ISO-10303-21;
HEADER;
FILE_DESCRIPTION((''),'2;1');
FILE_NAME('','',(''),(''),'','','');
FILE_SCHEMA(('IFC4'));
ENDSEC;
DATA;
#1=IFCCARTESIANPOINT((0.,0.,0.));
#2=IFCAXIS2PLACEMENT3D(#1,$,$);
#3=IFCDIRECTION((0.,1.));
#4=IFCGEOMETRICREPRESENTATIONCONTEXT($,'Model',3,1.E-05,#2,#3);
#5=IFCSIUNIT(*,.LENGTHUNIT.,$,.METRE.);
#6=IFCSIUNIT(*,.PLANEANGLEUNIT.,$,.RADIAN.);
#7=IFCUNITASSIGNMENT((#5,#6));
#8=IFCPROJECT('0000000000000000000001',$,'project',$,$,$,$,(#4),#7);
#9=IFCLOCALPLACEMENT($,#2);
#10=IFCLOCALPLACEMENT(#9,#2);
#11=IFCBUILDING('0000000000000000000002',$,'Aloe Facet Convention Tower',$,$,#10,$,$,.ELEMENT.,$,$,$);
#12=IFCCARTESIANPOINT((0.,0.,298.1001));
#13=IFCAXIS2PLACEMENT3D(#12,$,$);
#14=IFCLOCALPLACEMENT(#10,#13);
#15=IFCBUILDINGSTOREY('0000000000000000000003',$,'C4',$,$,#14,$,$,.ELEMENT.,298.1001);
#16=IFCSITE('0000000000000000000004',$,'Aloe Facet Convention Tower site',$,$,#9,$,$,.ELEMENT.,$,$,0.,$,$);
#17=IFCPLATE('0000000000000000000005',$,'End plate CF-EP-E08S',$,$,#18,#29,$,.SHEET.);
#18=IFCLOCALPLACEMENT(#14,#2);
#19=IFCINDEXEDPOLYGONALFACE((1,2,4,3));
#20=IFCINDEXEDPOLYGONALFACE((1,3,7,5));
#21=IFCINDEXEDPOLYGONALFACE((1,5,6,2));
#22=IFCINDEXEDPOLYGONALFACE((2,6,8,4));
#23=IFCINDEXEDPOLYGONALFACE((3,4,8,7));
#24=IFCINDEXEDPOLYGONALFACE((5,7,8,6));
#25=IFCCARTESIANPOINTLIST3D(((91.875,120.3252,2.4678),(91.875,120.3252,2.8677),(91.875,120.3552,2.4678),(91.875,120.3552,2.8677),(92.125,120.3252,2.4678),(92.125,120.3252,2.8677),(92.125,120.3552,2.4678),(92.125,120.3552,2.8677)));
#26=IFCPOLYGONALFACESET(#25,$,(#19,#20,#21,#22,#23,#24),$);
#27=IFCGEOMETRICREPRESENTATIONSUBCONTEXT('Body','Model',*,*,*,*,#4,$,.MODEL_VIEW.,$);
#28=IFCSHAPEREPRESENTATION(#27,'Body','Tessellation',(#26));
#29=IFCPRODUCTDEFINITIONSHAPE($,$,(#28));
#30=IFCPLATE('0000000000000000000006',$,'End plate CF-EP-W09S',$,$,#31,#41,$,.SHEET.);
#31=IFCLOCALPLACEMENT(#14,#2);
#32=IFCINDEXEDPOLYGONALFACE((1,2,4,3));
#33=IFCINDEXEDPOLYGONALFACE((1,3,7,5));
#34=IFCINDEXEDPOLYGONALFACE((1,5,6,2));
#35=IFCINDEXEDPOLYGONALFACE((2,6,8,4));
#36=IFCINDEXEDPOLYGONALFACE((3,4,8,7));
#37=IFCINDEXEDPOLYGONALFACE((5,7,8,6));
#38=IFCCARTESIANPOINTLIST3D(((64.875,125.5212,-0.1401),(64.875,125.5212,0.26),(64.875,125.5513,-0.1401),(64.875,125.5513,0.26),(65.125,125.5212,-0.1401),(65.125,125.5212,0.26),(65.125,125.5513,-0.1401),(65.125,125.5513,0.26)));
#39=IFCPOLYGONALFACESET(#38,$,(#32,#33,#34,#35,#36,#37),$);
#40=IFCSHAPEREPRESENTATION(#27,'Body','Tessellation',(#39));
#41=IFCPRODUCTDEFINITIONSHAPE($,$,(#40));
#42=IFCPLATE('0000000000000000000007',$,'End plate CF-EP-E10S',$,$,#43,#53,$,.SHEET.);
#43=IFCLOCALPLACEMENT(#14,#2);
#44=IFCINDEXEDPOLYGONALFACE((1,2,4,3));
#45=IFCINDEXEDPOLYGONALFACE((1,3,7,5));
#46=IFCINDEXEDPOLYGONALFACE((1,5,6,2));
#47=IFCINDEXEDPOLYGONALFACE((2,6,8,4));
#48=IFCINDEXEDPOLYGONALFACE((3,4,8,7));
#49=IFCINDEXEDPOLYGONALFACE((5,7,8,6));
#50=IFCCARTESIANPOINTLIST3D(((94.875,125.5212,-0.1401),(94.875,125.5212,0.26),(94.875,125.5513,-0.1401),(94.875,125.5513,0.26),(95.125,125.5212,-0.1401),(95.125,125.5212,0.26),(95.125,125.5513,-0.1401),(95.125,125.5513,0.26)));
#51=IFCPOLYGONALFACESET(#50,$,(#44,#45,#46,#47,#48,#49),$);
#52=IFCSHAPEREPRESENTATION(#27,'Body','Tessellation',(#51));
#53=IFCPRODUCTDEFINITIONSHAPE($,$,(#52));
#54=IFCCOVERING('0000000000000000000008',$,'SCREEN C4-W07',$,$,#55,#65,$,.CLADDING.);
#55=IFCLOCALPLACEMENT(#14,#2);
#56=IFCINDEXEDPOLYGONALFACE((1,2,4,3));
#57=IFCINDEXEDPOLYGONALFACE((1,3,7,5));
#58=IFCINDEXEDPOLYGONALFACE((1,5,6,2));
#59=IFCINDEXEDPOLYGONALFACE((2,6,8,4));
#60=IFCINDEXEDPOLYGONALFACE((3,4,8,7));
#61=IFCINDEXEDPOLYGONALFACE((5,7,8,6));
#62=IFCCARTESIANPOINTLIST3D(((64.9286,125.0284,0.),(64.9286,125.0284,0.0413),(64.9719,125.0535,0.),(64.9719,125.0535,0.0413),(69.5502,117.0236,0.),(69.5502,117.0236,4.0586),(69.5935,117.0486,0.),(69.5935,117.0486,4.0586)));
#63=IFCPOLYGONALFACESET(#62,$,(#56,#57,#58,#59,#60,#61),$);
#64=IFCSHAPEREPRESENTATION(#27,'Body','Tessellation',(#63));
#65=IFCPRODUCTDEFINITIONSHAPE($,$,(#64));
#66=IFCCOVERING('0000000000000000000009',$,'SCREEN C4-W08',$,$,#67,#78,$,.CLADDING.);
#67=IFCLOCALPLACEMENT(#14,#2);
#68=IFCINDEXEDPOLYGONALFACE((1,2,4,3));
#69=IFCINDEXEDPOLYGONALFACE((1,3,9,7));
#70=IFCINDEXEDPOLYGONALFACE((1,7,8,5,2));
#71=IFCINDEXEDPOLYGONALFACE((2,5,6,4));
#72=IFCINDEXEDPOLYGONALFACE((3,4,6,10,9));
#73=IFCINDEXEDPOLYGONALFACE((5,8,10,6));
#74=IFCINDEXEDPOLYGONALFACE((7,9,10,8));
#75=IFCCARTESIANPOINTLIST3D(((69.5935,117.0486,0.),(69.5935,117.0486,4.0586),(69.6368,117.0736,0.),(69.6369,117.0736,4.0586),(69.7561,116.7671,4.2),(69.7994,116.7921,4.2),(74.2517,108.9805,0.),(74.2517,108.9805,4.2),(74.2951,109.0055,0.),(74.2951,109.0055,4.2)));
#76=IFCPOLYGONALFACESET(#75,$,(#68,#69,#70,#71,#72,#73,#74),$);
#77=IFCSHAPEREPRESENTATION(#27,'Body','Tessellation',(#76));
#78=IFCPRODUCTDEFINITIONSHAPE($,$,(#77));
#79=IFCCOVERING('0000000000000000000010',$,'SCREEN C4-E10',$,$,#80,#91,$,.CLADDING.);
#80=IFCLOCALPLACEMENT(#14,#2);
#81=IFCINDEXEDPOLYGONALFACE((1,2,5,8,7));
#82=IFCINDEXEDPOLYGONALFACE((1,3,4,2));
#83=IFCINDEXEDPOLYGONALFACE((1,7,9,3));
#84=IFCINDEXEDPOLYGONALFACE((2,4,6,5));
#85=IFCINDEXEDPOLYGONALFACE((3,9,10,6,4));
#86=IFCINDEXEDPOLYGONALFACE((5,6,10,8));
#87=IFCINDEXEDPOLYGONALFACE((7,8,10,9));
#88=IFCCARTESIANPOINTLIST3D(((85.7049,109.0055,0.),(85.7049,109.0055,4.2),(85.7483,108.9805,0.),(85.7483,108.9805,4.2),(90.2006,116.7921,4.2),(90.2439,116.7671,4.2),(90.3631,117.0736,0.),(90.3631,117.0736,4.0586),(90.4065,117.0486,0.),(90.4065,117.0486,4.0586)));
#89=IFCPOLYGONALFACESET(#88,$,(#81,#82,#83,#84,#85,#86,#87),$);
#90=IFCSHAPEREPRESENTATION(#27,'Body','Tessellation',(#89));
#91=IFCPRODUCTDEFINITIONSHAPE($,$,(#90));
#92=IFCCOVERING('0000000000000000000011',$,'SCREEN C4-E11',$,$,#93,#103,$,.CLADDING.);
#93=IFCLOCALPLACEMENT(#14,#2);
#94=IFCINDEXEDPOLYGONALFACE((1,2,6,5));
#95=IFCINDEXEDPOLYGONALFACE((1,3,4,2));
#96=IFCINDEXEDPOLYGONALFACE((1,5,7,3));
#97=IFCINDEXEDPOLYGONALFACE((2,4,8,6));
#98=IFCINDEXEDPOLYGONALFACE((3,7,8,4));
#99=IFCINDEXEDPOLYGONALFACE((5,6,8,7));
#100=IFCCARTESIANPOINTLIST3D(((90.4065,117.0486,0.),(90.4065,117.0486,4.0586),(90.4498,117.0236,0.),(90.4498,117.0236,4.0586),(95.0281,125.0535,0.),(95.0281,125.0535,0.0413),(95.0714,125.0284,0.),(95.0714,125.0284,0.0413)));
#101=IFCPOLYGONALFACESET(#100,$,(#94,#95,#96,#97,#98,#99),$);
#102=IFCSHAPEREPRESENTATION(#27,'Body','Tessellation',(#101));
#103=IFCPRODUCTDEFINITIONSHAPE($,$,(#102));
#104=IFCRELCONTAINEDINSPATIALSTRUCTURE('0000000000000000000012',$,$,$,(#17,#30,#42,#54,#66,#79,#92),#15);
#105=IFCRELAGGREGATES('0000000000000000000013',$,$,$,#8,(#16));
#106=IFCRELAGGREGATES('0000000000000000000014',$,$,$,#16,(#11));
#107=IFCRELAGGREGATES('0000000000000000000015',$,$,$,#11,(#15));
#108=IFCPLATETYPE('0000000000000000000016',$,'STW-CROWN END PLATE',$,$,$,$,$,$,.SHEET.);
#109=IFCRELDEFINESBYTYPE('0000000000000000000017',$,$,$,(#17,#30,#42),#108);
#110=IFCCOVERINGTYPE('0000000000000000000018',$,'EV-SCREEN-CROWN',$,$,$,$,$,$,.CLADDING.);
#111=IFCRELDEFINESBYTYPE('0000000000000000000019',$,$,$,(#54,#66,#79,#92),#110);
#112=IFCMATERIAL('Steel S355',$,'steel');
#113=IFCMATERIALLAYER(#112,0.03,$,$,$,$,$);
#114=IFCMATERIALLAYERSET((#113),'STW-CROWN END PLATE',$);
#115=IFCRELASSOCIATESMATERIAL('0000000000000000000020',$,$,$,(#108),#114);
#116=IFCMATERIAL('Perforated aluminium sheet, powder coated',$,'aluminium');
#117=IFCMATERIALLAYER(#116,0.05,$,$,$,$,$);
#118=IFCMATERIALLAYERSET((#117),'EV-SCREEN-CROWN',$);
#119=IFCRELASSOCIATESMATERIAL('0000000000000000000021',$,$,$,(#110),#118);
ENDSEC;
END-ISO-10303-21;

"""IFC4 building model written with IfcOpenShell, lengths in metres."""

from ifc_helpers import new_model, si_unit, direction, frame, origin, place, context, subcontext, project, spatial, polyline, outline, extrude, material, layer, layer_set, type_object, element, save


model = new_model("IFC4")

# Units and contexts
model_context = context("Model", 3, precision=1e-05, world=origin(), true_north=direction((0.0, 1.0)))
body_context = subcontext(model_context, "Body", "Model", "MODEL_VIEW")
ifc_project = project(units=[si_unit("LENGTHUNIT", "METRE"), si_unit("PLANEANGLEUNIT", "RADIAN")], contexts=[model_context])

# Site, building, storey
site_placement = place(None, origin())
site = spatial("IfcSite", under=ifc_project, at=site_placement, Name="Aloe Facet Convention Tower site", CompositionType="ELEMENT", RefElevation=0.0)
building_placement = place(site_placement, origin())
building = spatial("IfcBuilding", under=site, at=building_placement, Name="Aloe Facet Convention Tower", CompositionType="ELEMENT")
storey_placement = place(building_placement, frame((0.0, 0.0, 298.1001)))
storey = spatial("IfcBuildingStorey", under=building, at=storey_placement, Name="C4", CompositionType="ELEMENT", Elevation=298.1001)

# Plates
ifc_material_1 = material(Name="Steel S355", Category="steel")
ifc_layer_1 = layer(ifc_material_1, 0.03)
ifc_layer_set_1 = layer_set([ifc_layer_1], Name="STW-CROWN END PLATE")
plate_type_1 = type_object("IfcPlateType", Name="STW-CROWN END PLATE", PredefinedType="SHEET", material=ifc_layer_set_1)
for number, where, z_axis, x_axis, name in (
    (1, (91.875, 120.3552, 2.8677), (0.0, 1.0, 0.0), (1.0, 0.0, 0.0), "End plate CF-EP-E08S"),
):
    element("IfcPlate", number, at=place(storey_placement, frame(where, z_axis=z_axis, x_axis=x_axis)), inside=storey, type_object=plate_type_1, Name=name, PredefinedType="SHEET", context=body_context, shape_type="SweptSolid", body=[
        extrude(outline(polyline([(0.0, 0.0), (0.25, 0.0), (0.25, 0.3999), (0.0, 0.3999), (0.0, 0.0)])), origin(), (0.0, 0.0, -1.0), 0.03),
    ])
for number, where, z_axis, x_axis, name in (
    (2, (64.875, 125.5513, 0.26), (0.0, 1.0, 0.0), (1.0, 0.0, 0.0), "End plate CF-EP-W09S"),
    (3, (94.875, 125.5513, 0.26), (0.0, 1.0, 0.0), (1.0, 0.0, 0.0), "End plate CF-EP-E10S"),
):
    element("IfcPlate", number, at=place(storey_placement, frame(where, z_axis=z_axis, x_axis=x_axis)), inside=storey, type_object=plate_type_1, Name=name, PredefinedType="SHEET", context=body_context, shape_type="SweptSolid", body=[
        extrude(outline(polyline([(0.0, 0.0), (0.25, 0.0), (0.25, 0.4001), (0.0, 0.4001), (0.0, 0.0)])), origin(), (0.0, 0.0, -1.0), 0.03),
    ])

# Coverings
ifc_material_2 = material(Name="Perforated aluminium sheet, powder coated", Category="aluminium")
ifc_layer_2 = layer(ifc_material_2, 0.05)
ifc_layer_set_2 = layer_set([ifc_layer_2], Name="EV-SCREEN-CROWN")
covering_type = type_object("IfcCoveringType", Name="EV-SCREEN-CROWN", PredefinedType="CLADDING", material=ifc_layer_set_2)
covering_1_placement = place(storey_placement, frame((64.9719, 125.0535, 0.0), z_axis=(0.866027, 0.499997, 0.0), x_axis=(0.0, 0.0, 1.0)))
element("IfcCovering", 4, at=covering_1_placement, inside=storey, type_object=covering_type, Name="SCREEN C4-W07", PredefinedType="CLADDING", context=body_context, shape_type="SweptSolid", body=[
    extrude(outline(polyline([(0.0, 0.0), (0.0413, 0.0), (4.0586, 9.2432), (0.0, 9.2432), (0.0, 0.0)])), origin(), (0.0, 0.0, -1.0), 0.05),
])
covering_2_placement = place(storey_placement, frame((69.5935, 117.0486, 0.0), z_axis=(-0.866022, -0.500006, 0.000008), x_axis=(0.000007, 0.000004, 1.0)))
element("IfcCovering", 5, at=covering_2_placement, inside=storey, type_object=covering_type, Name="SCREEN C4-W08", PredefinedType="CLADDING", context=body_context, shape_type="SweptSolid", body=[
    extrude(outline(polyline([(0.0, 0.0), (4.0586, 0.0), (4.2, -0.3251), (4.2, -9.3163), (0.0, -9.3163), (0.0, 0.0)])), origin(), (0.0, 0.0, -1.0), 0.05),
])
covering_3_placement = place(storey_placement, frame((85.7483, 108.9805, 0.0), z_axis=(0.866022, -0.500006, 0.000008), x_axis=(-0.000007, 0.000004, 1.0)))
element("IfcCovering", 6, at=covering_3_placement, inside=storey, type_object=covering_type, Name="SCREEN C4-E10", PredefinedType="CLADDING", context=body_context, shape_type="SweptSolid", body=[
    extrude(outline(polyline([(0.0, 0.0), (4.2, 0.0), (4.2, -8.9912), (4.0586, -9.3163), (0.0, -9.3163), (0.0, 0.0)])), origin(), (0.0, 0.0, -1.0), 0.05),
])
covering_4_placement = place(storey_placement, frame((90.4065, 117.0486, 0.0), z_axis=(-0.866027, 0.499997, 0.0), x_axis=(0.0, 0.0, 1.0)))
element("IfcCovering", 7, at=covering_4_placement, inside=storey, type_object=covering_type, Name="SCREEN C4-E11", PredefinedType="CLADDING", context=body_context, shape_type="SweptSolid", body=[
    extrude(outline(polyline([(0.0, 0.0), (4.0586, 0.0), (0.0413, 9.2432), (0.0, 9.2432), (0.0, 0.0)])), origin(), (0.0, 0.0, -1.0), 0.05),
])

save(model, "model.ifc")
